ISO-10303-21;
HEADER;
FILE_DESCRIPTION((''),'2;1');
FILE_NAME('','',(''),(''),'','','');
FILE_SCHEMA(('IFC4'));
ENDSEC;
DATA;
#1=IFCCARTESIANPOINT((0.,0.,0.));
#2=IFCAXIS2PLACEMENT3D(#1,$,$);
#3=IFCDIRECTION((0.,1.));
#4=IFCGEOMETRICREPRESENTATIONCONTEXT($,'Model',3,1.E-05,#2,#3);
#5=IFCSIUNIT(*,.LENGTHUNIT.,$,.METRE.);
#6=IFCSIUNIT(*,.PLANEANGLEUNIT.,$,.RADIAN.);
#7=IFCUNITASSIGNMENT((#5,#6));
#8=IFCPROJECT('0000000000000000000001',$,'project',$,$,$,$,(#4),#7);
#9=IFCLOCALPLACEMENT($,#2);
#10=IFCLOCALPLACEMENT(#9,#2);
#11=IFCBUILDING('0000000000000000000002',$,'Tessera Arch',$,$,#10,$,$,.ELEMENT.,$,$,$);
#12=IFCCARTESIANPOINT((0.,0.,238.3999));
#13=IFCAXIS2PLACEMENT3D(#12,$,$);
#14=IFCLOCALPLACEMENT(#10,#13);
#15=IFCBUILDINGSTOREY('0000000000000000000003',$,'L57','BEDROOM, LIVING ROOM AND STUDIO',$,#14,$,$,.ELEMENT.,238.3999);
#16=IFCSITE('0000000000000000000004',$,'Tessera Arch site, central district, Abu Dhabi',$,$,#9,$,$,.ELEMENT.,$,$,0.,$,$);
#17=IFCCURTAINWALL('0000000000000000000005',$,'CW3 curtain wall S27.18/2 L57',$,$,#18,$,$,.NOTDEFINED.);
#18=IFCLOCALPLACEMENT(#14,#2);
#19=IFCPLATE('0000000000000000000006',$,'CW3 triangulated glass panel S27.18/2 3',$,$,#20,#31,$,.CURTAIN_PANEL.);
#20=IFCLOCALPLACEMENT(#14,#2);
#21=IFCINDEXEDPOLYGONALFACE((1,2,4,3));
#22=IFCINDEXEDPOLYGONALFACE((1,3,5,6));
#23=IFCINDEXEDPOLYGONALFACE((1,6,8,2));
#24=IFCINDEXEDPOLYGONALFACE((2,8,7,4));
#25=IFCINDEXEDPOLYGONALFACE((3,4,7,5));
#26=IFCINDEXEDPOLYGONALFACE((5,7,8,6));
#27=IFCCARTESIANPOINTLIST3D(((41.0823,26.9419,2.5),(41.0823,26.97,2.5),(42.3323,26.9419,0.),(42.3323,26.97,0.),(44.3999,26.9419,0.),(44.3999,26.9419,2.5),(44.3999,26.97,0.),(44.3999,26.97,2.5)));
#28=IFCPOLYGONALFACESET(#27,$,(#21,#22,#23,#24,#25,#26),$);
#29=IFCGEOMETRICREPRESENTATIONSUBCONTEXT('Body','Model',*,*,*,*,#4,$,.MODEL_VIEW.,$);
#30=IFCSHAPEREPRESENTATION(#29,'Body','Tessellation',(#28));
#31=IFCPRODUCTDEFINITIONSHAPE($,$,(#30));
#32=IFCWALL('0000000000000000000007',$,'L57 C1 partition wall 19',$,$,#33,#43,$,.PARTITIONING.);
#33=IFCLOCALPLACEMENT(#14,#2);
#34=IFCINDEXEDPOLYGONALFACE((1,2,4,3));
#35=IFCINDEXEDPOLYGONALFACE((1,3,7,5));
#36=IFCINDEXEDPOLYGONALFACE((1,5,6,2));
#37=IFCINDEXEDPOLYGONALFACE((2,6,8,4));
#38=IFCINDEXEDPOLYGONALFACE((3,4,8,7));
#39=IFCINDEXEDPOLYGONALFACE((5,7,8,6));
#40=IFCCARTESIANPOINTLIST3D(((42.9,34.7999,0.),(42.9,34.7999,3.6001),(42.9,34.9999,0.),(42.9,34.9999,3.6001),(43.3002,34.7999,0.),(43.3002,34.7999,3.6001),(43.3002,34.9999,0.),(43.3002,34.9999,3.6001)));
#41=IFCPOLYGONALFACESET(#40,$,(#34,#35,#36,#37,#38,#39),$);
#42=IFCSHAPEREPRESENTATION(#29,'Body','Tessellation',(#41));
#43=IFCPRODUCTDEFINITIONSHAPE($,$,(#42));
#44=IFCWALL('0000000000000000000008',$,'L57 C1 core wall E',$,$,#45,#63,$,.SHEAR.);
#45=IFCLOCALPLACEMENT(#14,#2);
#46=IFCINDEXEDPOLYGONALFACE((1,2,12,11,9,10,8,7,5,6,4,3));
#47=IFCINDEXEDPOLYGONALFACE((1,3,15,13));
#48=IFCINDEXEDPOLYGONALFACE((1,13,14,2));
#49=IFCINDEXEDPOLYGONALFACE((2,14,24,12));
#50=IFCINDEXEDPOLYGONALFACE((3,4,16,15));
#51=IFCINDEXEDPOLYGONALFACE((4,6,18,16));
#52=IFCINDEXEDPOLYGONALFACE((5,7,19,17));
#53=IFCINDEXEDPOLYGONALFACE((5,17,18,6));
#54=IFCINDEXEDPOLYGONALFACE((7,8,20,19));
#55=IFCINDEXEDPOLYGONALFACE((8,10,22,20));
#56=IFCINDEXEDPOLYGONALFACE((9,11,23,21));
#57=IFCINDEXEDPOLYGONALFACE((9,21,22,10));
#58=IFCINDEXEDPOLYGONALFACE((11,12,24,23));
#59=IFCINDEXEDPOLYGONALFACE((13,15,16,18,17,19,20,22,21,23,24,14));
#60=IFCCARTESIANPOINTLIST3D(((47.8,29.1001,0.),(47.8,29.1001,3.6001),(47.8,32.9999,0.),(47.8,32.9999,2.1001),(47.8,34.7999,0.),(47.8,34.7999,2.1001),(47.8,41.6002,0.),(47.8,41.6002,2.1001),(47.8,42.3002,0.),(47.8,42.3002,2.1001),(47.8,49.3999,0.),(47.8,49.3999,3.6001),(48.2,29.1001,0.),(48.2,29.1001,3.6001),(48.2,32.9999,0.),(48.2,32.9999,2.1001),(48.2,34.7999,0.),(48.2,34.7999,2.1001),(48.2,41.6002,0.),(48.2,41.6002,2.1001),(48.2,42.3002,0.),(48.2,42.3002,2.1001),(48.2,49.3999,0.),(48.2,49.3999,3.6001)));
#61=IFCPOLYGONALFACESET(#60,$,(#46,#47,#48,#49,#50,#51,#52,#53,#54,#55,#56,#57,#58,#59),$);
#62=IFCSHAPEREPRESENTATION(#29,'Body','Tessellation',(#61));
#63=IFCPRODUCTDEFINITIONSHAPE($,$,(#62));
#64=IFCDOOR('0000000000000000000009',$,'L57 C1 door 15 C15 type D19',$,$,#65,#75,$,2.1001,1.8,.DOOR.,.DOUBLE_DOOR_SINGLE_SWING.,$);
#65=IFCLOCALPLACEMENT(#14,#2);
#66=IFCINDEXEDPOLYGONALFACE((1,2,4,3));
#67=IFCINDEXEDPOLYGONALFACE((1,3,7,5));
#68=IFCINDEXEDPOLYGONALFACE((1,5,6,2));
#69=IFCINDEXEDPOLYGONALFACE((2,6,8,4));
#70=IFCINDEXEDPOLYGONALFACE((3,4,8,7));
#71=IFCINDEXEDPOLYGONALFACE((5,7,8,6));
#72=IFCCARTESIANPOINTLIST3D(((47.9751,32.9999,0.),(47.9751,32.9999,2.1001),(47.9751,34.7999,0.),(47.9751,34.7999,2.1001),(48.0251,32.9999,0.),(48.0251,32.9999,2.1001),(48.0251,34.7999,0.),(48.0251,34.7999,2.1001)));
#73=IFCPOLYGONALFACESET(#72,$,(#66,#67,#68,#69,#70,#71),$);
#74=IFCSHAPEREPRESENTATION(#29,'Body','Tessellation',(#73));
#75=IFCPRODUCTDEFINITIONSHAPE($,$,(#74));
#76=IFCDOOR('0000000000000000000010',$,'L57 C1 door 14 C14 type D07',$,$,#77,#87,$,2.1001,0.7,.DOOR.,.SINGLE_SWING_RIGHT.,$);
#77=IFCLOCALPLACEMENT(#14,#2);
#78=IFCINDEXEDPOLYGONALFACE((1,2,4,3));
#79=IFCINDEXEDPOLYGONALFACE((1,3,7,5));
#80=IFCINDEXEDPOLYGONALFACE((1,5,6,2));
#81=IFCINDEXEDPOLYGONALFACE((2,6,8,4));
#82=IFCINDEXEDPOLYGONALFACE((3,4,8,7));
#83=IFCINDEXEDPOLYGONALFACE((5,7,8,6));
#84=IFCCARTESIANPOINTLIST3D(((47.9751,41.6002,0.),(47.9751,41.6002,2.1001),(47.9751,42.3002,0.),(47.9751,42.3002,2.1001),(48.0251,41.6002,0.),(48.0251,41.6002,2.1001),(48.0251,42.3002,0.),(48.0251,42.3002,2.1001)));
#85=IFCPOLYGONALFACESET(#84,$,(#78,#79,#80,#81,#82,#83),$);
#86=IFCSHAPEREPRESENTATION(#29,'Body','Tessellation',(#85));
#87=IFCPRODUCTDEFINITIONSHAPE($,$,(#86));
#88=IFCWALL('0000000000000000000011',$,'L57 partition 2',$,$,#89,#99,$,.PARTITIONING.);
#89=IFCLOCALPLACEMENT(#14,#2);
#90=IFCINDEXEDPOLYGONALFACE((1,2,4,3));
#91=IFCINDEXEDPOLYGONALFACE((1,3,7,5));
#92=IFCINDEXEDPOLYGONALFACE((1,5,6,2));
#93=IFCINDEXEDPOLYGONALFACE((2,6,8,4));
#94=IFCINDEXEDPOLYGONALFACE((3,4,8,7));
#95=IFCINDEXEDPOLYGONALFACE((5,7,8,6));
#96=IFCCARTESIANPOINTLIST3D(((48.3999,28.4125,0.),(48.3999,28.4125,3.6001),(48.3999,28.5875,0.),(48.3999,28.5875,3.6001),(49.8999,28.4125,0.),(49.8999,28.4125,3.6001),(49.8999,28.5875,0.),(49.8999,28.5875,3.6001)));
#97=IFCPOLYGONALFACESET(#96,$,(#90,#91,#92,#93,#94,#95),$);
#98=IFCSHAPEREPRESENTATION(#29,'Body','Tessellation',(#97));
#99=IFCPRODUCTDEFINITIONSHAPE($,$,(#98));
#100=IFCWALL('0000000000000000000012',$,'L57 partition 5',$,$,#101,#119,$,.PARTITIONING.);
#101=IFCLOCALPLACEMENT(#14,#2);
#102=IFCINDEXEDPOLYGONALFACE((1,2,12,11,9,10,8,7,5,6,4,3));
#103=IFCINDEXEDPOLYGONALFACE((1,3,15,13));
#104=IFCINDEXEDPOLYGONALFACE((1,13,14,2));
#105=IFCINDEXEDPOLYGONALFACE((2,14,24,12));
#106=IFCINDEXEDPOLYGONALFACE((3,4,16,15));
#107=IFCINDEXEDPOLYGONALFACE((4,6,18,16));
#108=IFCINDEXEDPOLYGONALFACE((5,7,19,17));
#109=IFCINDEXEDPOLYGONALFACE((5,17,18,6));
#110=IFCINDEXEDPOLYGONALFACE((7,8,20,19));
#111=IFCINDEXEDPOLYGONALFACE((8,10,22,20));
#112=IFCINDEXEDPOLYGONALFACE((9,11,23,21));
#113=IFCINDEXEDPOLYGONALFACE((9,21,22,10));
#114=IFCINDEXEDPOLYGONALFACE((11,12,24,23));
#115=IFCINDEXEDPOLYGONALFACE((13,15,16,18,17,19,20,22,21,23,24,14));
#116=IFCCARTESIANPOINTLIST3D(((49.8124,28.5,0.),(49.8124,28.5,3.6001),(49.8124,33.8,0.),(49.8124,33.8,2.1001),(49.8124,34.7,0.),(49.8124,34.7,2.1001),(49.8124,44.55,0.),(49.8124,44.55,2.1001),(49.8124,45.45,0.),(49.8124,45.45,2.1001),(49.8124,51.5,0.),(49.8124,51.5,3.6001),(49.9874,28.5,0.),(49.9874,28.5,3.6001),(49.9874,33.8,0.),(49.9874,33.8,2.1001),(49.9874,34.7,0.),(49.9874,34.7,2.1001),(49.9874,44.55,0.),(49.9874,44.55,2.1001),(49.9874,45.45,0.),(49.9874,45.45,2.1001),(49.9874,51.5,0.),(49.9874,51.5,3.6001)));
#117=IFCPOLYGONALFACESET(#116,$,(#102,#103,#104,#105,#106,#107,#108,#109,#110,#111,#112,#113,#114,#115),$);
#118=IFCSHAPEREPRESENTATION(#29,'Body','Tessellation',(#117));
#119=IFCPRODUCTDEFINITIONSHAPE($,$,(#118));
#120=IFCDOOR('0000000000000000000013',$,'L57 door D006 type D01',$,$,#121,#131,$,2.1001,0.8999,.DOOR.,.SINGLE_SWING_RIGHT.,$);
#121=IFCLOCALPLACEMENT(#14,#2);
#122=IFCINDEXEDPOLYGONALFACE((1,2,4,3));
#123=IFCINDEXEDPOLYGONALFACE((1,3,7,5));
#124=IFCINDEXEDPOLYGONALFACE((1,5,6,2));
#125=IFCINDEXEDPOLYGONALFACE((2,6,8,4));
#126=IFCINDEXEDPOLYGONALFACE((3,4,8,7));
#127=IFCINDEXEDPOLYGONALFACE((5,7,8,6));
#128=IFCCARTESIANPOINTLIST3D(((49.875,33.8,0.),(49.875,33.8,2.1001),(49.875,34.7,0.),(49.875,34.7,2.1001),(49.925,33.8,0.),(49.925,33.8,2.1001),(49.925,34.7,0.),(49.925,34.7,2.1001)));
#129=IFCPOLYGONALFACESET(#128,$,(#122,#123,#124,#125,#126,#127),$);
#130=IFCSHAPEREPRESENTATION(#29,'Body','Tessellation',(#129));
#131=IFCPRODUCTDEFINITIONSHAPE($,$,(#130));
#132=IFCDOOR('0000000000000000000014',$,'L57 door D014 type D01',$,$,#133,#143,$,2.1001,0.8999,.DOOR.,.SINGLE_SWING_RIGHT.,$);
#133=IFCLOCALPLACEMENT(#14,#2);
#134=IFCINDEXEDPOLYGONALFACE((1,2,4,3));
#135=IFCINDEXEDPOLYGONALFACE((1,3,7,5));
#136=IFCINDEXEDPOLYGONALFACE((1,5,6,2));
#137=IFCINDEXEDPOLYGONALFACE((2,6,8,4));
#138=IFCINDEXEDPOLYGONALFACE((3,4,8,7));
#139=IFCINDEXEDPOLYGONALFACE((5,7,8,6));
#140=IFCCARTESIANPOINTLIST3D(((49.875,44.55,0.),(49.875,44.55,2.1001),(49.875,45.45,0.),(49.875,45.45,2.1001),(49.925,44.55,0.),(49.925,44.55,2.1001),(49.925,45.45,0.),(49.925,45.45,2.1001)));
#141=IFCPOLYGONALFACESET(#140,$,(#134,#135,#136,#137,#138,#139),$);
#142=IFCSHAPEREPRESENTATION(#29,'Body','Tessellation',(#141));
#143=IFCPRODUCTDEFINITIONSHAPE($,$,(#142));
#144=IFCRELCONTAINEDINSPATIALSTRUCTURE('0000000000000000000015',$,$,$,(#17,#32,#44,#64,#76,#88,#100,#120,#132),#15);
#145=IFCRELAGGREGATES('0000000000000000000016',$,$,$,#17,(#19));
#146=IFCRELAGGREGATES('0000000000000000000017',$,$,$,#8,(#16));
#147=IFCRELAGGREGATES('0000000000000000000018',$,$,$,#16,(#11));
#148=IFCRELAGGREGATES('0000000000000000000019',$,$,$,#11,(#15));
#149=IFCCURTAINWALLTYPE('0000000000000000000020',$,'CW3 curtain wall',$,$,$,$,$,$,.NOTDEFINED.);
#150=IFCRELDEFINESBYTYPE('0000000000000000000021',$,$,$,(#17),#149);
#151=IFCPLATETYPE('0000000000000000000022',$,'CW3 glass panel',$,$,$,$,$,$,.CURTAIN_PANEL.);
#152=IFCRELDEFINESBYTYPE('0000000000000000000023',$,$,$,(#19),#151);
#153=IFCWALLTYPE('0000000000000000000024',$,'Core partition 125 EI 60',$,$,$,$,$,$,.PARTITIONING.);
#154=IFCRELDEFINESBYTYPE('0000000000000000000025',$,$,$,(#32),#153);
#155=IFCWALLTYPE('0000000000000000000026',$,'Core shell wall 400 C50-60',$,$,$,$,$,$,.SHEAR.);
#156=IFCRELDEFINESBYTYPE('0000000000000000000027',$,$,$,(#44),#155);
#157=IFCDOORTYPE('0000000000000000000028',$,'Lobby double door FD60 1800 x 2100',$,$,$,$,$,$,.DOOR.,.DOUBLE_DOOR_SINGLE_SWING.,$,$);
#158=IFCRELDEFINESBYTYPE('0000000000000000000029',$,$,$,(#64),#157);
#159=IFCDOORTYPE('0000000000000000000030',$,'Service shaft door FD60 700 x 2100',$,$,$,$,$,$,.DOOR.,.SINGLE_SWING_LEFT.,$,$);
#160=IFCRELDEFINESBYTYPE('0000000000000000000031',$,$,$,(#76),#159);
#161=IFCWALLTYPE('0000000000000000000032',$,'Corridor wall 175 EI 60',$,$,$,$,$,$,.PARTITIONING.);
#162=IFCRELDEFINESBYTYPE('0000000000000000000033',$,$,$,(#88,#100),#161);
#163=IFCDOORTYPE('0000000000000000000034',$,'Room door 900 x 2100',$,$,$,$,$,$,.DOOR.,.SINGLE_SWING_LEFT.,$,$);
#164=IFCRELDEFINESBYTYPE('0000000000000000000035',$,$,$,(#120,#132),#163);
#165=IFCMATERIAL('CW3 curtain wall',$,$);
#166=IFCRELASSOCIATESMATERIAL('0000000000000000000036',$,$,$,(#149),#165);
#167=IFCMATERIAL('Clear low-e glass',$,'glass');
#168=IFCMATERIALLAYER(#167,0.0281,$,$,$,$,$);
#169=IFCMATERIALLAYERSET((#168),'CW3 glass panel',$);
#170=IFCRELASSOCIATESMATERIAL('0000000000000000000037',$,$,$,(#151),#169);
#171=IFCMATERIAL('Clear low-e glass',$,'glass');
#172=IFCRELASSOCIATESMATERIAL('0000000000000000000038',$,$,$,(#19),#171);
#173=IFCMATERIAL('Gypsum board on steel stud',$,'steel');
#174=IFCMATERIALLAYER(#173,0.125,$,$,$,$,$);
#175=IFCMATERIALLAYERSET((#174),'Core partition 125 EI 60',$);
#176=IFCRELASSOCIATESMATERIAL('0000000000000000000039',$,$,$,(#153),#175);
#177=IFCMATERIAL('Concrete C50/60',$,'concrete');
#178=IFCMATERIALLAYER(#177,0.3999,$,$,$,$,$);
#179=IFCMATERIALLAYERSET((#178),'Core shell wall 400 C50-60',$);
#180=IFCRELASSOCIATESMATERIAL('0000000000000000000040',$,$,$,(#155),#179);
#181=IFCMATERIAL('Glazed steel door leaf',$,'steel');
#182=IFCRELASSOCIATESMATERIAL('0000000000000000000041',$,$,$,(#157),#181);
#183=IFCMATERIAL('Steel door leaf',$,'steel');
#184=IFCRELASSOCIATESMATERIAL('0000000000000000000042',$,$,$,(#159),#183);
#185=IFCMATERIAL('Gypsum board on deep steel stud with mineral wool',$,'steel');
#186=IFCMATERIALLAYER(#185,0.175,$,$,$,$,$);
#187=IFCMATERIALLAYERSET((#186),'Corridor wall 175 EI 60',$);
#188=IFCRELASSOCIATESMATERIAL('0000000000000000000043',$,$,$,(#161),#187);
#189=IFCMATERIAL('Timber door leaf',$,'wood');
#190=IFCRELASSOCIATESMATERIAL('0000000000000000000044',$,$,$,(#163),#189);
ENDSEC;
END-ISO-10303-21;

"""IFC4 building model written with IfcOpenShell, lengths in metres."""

from ifc_helpers import new_model, si_unit, direction, frame, frame_2d, origin, place, context, subcontext, project, spatial, polyline, rectangle, outline, extrude, material, layer, layer_set, type_object, element, fill, aggregate, save


model = new_model("IFC4")

# Units and contexts
model_context = context("Model", 3, precision=1e-05, world=origin(), true_north=direction((0.0, 1.0)))
body_context = subcontext(model_context, "Body", "Model", "MODEL_VIEW")
ifc_project = project(units=[si_unit("LENGTHUNIT", "METRE"), si_unit("PLANEANGLEUNIT", "RADIAN")], contexts=[model_context])

# Site, building, storey
site_placement = place(None, origin())
site = spatial("IfcSite", under=ifc_project, at=site_placement, Name="Tessera Arch site, central district, Abu Dhabi", CompositionType="ELEMENT", RefElevation=0.0)
building_placement = place(site_placement, origin())
building = spatial("IfcBuilding", under=site, at=building_placement, Name="Tessera Arch", CompositionType="ELEMENT")
storey_placement = place(building_placement, frame((0.0, 0.0, 238.3999)))
storey = spatial("IfcBuildingStorey", under=building, at=storey_placement, Name="L57", Description="BEDROOM, LIVING ROOM AND STUDIO", CompositionType="ELEMENT", Elevation=238.3999)

# Shared definitions
ifc_material_1 = material(Name="CW3 curtain wall")
curtain_wall_type_1 = type_object("IfcCurtainWallType", Name="CW3 curtain wall", PredefinedType="NOTDEFINED", material=ifc_material_1)

# Shared definitions
ifc_material_2 = material(Name="Clear low-e glass", Category="glass")
ifc_material_3 = material(Name="Clear low-e glass", Category="glass")
ifc_layer_1 = layer(ifc_material_3, 0.0281)
ifc_layer_set_1 = layer_set([ifc_layer_1], Name="CW3 glass panel")
plate_type_1 = type_object("IfcPlateType", Name="CW3 glass panel", PredefinedType="CURTAIN_PANEL", material=ifc_layer_set_1)

# Curtain wall, plate
curtain_wall_1_placement = place(storey_placement, origin())
curtain_wall_1 = element("IfcCurtainWall", 1, at=curtain_wall_1_placement, inside=storey, type_object=curtain_wall_type_1, Name="CW3 curtain wall S27.18/2 L57", PredefinedType="NOTDEFINED")
plate_1_placement = place(storey_placement, frame((44.3999, 26.9419, 2.5), z_axis=(0.0, -1.0, 0.0), x_axis=(-1.0, 0.0, 0.0)))
plate_1 = element("IfcPlate", 2, at=plate_1_placement, type_object=plate_type_1, material=ifc_material_2, Name="CW3 triangulated glass panel S27.18/2 3", PredefinedType="CURTAIN_PANEL", context=body_context, shape_type="SweptSolid", body=[
    extrude(outline(polyline([(0.0, 0.0), (3.3176, 0.0), (2.0676, 2.5), (0.0, 2.5), (0.0, 0.0)])), origin(), (0.0, 0.0, -1.0), 0.0281),
])
aggregate(curtain_wall_1, [plate_1])

# Wall
ifc_material_4 = material(Name="Gypsum board on steel stud", Category="steel")
ifc_layer_2 = layer(ifc_material_4, 0.125)
ifc_layer_set_2 = layer_set([ifc_layer_2], Name="Core partition 125 EI 60")
wall_type_1 = type_object("IfcWallType", Name="Core partition 125 EI 60", PredefinedType="PARTITIONING", material=ifc_layer_set_2)
wall_1_placement = place(storey_placement, frame((42.8999, 34.8999, 0.0), z_axis=(0.0, 0.0, 1.0), x_axis=(1.0, 0.0, 0.0)))
element("IfcWall", 3, at=wall_1_placement, inside=storey, type_object=wall_type_1, Name="L57 C1 partition wall 19", PredefinedType="PARTITIONING", context=body_context, shape_type="SweptSolid", body=[
    extrude(rectangle(XDim=0.4001, YDim=0.2, at=frame_2d((0.2002, 0.0))), origin(), (0.0, 0.0, 1.0), 3.6001),
])

# Wall, openings, doors
ifc_material_5 = material(Name="Concrete C50/60", Category="concrete")
ifc_layer_3 = layer(ifc_material_5, 0.3999)
ifc_layer_set_3 = layer_set([ifc_layer_3], Name="Core shell wall 400 C50-60")
wall_type_2 = type_object("IfcWallType", Name="Core shell wall 400 C50-60", PredefinedType="SHEAR", material=ifc_layer_set_3)
wall_2_placement = place(storey_placement, frame((48.0, 29.1001, 0.0), z_axis=(0.0, 0.0, 1.0), x_axis=(0.0, 1.0, 0.0)))
wall_2 = element("IfcWall", 4, at=wall_2_placement, inside=storey, type_object=wall_type_2, Name="L57 C1 core wall E", PredefinedType="SHEAR", context=body_context, shape_type="SweptSolid", body=[
    extrude(rectangle(XDim=20.2998, YDim=0.3999, at=frame_2d((10.1499, 0.0))), origin(), (0.0, 0.0, 1.0), 3.6001),
])
opening_1_placement = place(wall_2_placement, frame((12.5, 0.0, 0.0)))
opening_1 = element("IfcOpeningElement", 5, at=opening_1_placement, cuts=wall_2, PredefinedType="OPENING", context=body_context, shape_type="SweptSolid", body=[
    extrude(rectangle(XDim=0.7, YDim=2.1001, at=frame_2d((0.3501, 1.05))), frame((0.0, 0.21, 0.0), z_axis=(0.0, -1.0, 0.0), x_axis=(1.0, 0.0, 0.0)), (0.0, 0.0, 1.0), 0.4199),
])
opening_2_placement = place(wall_2_placement, frame((3.8999, 0.0, 0.0)))
opening_2 = element("IfcOpeningElement", 6, at=opening_2_placement, cuts=wall_2, PredefinedType="OPENING", context=body_context, shape_type="SweptSolid", body=[
    extrude(rectangle(XDim=1.8, YDim=2.1001, at=frame_2d((0.8999, 1.05))), frame((0.0, 0.21, 0.0), z_axis=(0.0, -1.0, 0.0), x_axis=(1.0, 0.0, 0.0)), (0.0, 0.0, 1.0), 0.4199),
])
ifc_material_6 = material(Name="Glazed steel door leaf", Category="steel")
door_type_1 = type_object("IfcDoorType", Name="Lobby double door FD60 1800 x 2100", OperationType="DOUBLE_DOOR_SINGLE_SWING", PredefinedType="DOOR", material=ifc_material_6)
door_1_placement = place(opening_2_placement, origin())
door_1 = element("IfcDoor", 7, at=door_1_placement, inside=storey, type_object=door_type_1, Name="L57 C1 door 15 C15 type D19", OperationType="DOUBLE_DOOR_SINGLE_SWING", OverallHeight=2.1001, OverallWidth=1.8, PredefinedType="DOOR", context=body_context, shape_type="SweptSolid", body=[
    extrude(rectangle(XDim=1.8, YDim=2.1001, at=frame_2d((0.8999, 1.05))), frame((0.0, 0.0249, 0.0), z_axis=(0.0, -1.0, 0.0), x_axis=(1.0, 0.0, 0.0)), (0.0, 0.0, 1.0), 0.05),
])
fill(opening_2, door_1)
ifc_material_7 = material(Name="Steel door leaf", Category="steel")
door_type_2 = type_object("IfcDoorType", Name="Service shaft door FD60 700 x 2100", OperationType="SINGLE_SWING_LEFT", PredefinedType="DOOR", material=ifc_material_7)
door_2_placement = place(opening_1_placement, origin())
door_2 = element("IfcDoor", 8, at=door_2_placement, inside=storey, type_object=door_type_2, Name="L57 C1 door 14 C14 type D07", OperationType="SINGLE_SWING_RIGHT", OverallHeight=2.1001, OverallWidth=0.7, PredefinedType="DOOR", context=body_context, shape_type="SweptSolid", body=[
    extrude(rectangle(XDim=0.7, YDim=2.1001, at=frame_2d((0.3501, 1.05))), frame((0.0, 0.0249, 0.0), z_axis=(0.0, -1.0, 0.0), x_axis=(1.0, 0.0, 0.0)), (0.0, 0.0, 1.0), 0.05),
])
fill(opening_1, door_2)

# Wall
ifc_material_8 = material(Name="Gypsum board on deep steel stud with mineral wool", Category="steel")
ifc_layer_4 = layer(ifc_material_8, 0.175)
ifc_layer_set_4 = layer_set([ifc_layer_4], Name="Corridor wall 175 EI 60")
wall_type_3 = type_object("IfcWallType", Name="Corridor wall 175 EI 60", PredefinedType="PARTITIONING", material=ifc_layer_set_4)
wall_3_placement = place(storey_placement, frame((48.3999, 28.5, 0.0), z_axis=(0.0, 0.0, 1.0), x_axis=(1.0, 0.0, 0.0)))
element("IfcWall", 9, at=wall_3_placement, inside=storey, type_object=wall_type_3, Name="L57 partition 2", PredefinedType="PARTITIONING", context=body_context, shape_type="SweptSolid", body=[
    extrude(rectangle(XDim=1.5, YDim=0.175, at=frame_2d((0.75, 0.0))), origin(), (0.0, 0.0, 1.0), 3.6001),
])

# Wall, openings, doors
wall_4_placement = place(storey_placement, frame((49.8999, 28.5, 0.0), z_axis=(0.0, 0.0, 1.0), x_axis=(0.0, 1.0, 0.0)))
wall_4 = element("IfcWall", 10, at=wall_4_placement, inside=storey, type_object=wall_type_3, Name="L57 partition 5", PredefinedType="PARTITIONING", context=body_context, shape_type="SweptSolid", body=[
    extrude(rectangle(XDim=23.0, YDim=0.175, at=frame_2d((11.5, 0.0))), origin(), (0.0, 0.0, 1.0), 3.6001),
])
opening_3_placement = place(wall_4_placement, frame((5.3, 0.0, 0.0)))
opening_3 = element("IfcOpeningElement", 11, at=opening_3_placement, cuts=wall_4, PredefinedType="OPENING", context=body_context, shape_type="SweptSolid", body=[
    extrude(rectangle(XDim=0.8999, YDim=2.1001, at=frame_2d((0.45, 1.05))), frame((0.0, 0.0974, 0.0), z_axis=(0.0, -1.0, 0.0), x_axis=(1.0, 0.0, 0.0)), (0.0, 0.0, 1.0), 0.1951),
])
opening_4_placement = place(wall_4_placement, frame((16.05, 0.0, 0.0)))
opening_4 = element("IfcOpeningElement", 12, at=opening_4_placement, cuts=wall_4, PredefinedType="OPENING", context=body_context, shape_type="SweptSolid", body=[
    extrude(rectangle(XDim=0.8999, YDim=2.1001, at=frame_2d((0.45, 1.05))), frame((0.0, 0.0974, 0.0), z_axis=(0.0, -1.0, 0.0), x_axis=(1.0, 0.0, 0.0)), (0.0, 0.0, 1.0), 0.1951),
])
ifc_material_9 = material(Name="Timber door leaf", Category="wood")
door_type_3 = type_object("IfcDoorType", Name="Room door 900 x 2100", OperationType="SINGLE_SWING_LEFT", PredefinedType="DOOR", material=ifc_material_9)
door_3_placement = place(opening_3_placement, origin())
door_3 = element("IfcDoor", 13, at=door_3_placement, inside=storey, type_object=door_type_3, Name="L57 door D006 type D01", OperationType="SINGLE_SWING_RIGHT", OverallHeight=2.1001, OverallWidth=0.8999, PredefinedType="DOOR", context=body_context, shape_type="SweptSolid", body=[
    extrude(rectangle(XDim=0.8999, YDim=2.1001, at=frame_2d((0.45, 1.05))), frame((0.0, 0.0249, 0.0), z_axis=(0.0, -1.0, 0.0), x_axis=(1.0, 0.0, 0.0)), (0.0, 0.0, 1.0), 0.05),
])
fill(opening_3, door_3)
door_4_placement = place(opening_4_placement, origin())
door_4 = element("IfcDoor", 14, at=door_4_placement, inside=storey, type_object=door_type_3, Name="L57 door D014 type D01", OperationType="SINGLE_SWING_RIGHT", OverallHeight=2.1001, OverallWidth=0.8999, PredefinedType="DOOR", context=body_context, shape_type="SweptSolid", body=[
    extrude(rectangle(XDim=0.8999, YDim=2.1001, at=frame_2d((0.45, 1.05))), frame((0.0, 0.0249, 0.0), z_axis=(0.0, -1.0, 0.0), x_axis=(1.0, 0.0, 0.0)), (0.0, 0.0, 1.0), 0.05),
])
fill(opening_4, door_4)

save(model, "model.ifc")
